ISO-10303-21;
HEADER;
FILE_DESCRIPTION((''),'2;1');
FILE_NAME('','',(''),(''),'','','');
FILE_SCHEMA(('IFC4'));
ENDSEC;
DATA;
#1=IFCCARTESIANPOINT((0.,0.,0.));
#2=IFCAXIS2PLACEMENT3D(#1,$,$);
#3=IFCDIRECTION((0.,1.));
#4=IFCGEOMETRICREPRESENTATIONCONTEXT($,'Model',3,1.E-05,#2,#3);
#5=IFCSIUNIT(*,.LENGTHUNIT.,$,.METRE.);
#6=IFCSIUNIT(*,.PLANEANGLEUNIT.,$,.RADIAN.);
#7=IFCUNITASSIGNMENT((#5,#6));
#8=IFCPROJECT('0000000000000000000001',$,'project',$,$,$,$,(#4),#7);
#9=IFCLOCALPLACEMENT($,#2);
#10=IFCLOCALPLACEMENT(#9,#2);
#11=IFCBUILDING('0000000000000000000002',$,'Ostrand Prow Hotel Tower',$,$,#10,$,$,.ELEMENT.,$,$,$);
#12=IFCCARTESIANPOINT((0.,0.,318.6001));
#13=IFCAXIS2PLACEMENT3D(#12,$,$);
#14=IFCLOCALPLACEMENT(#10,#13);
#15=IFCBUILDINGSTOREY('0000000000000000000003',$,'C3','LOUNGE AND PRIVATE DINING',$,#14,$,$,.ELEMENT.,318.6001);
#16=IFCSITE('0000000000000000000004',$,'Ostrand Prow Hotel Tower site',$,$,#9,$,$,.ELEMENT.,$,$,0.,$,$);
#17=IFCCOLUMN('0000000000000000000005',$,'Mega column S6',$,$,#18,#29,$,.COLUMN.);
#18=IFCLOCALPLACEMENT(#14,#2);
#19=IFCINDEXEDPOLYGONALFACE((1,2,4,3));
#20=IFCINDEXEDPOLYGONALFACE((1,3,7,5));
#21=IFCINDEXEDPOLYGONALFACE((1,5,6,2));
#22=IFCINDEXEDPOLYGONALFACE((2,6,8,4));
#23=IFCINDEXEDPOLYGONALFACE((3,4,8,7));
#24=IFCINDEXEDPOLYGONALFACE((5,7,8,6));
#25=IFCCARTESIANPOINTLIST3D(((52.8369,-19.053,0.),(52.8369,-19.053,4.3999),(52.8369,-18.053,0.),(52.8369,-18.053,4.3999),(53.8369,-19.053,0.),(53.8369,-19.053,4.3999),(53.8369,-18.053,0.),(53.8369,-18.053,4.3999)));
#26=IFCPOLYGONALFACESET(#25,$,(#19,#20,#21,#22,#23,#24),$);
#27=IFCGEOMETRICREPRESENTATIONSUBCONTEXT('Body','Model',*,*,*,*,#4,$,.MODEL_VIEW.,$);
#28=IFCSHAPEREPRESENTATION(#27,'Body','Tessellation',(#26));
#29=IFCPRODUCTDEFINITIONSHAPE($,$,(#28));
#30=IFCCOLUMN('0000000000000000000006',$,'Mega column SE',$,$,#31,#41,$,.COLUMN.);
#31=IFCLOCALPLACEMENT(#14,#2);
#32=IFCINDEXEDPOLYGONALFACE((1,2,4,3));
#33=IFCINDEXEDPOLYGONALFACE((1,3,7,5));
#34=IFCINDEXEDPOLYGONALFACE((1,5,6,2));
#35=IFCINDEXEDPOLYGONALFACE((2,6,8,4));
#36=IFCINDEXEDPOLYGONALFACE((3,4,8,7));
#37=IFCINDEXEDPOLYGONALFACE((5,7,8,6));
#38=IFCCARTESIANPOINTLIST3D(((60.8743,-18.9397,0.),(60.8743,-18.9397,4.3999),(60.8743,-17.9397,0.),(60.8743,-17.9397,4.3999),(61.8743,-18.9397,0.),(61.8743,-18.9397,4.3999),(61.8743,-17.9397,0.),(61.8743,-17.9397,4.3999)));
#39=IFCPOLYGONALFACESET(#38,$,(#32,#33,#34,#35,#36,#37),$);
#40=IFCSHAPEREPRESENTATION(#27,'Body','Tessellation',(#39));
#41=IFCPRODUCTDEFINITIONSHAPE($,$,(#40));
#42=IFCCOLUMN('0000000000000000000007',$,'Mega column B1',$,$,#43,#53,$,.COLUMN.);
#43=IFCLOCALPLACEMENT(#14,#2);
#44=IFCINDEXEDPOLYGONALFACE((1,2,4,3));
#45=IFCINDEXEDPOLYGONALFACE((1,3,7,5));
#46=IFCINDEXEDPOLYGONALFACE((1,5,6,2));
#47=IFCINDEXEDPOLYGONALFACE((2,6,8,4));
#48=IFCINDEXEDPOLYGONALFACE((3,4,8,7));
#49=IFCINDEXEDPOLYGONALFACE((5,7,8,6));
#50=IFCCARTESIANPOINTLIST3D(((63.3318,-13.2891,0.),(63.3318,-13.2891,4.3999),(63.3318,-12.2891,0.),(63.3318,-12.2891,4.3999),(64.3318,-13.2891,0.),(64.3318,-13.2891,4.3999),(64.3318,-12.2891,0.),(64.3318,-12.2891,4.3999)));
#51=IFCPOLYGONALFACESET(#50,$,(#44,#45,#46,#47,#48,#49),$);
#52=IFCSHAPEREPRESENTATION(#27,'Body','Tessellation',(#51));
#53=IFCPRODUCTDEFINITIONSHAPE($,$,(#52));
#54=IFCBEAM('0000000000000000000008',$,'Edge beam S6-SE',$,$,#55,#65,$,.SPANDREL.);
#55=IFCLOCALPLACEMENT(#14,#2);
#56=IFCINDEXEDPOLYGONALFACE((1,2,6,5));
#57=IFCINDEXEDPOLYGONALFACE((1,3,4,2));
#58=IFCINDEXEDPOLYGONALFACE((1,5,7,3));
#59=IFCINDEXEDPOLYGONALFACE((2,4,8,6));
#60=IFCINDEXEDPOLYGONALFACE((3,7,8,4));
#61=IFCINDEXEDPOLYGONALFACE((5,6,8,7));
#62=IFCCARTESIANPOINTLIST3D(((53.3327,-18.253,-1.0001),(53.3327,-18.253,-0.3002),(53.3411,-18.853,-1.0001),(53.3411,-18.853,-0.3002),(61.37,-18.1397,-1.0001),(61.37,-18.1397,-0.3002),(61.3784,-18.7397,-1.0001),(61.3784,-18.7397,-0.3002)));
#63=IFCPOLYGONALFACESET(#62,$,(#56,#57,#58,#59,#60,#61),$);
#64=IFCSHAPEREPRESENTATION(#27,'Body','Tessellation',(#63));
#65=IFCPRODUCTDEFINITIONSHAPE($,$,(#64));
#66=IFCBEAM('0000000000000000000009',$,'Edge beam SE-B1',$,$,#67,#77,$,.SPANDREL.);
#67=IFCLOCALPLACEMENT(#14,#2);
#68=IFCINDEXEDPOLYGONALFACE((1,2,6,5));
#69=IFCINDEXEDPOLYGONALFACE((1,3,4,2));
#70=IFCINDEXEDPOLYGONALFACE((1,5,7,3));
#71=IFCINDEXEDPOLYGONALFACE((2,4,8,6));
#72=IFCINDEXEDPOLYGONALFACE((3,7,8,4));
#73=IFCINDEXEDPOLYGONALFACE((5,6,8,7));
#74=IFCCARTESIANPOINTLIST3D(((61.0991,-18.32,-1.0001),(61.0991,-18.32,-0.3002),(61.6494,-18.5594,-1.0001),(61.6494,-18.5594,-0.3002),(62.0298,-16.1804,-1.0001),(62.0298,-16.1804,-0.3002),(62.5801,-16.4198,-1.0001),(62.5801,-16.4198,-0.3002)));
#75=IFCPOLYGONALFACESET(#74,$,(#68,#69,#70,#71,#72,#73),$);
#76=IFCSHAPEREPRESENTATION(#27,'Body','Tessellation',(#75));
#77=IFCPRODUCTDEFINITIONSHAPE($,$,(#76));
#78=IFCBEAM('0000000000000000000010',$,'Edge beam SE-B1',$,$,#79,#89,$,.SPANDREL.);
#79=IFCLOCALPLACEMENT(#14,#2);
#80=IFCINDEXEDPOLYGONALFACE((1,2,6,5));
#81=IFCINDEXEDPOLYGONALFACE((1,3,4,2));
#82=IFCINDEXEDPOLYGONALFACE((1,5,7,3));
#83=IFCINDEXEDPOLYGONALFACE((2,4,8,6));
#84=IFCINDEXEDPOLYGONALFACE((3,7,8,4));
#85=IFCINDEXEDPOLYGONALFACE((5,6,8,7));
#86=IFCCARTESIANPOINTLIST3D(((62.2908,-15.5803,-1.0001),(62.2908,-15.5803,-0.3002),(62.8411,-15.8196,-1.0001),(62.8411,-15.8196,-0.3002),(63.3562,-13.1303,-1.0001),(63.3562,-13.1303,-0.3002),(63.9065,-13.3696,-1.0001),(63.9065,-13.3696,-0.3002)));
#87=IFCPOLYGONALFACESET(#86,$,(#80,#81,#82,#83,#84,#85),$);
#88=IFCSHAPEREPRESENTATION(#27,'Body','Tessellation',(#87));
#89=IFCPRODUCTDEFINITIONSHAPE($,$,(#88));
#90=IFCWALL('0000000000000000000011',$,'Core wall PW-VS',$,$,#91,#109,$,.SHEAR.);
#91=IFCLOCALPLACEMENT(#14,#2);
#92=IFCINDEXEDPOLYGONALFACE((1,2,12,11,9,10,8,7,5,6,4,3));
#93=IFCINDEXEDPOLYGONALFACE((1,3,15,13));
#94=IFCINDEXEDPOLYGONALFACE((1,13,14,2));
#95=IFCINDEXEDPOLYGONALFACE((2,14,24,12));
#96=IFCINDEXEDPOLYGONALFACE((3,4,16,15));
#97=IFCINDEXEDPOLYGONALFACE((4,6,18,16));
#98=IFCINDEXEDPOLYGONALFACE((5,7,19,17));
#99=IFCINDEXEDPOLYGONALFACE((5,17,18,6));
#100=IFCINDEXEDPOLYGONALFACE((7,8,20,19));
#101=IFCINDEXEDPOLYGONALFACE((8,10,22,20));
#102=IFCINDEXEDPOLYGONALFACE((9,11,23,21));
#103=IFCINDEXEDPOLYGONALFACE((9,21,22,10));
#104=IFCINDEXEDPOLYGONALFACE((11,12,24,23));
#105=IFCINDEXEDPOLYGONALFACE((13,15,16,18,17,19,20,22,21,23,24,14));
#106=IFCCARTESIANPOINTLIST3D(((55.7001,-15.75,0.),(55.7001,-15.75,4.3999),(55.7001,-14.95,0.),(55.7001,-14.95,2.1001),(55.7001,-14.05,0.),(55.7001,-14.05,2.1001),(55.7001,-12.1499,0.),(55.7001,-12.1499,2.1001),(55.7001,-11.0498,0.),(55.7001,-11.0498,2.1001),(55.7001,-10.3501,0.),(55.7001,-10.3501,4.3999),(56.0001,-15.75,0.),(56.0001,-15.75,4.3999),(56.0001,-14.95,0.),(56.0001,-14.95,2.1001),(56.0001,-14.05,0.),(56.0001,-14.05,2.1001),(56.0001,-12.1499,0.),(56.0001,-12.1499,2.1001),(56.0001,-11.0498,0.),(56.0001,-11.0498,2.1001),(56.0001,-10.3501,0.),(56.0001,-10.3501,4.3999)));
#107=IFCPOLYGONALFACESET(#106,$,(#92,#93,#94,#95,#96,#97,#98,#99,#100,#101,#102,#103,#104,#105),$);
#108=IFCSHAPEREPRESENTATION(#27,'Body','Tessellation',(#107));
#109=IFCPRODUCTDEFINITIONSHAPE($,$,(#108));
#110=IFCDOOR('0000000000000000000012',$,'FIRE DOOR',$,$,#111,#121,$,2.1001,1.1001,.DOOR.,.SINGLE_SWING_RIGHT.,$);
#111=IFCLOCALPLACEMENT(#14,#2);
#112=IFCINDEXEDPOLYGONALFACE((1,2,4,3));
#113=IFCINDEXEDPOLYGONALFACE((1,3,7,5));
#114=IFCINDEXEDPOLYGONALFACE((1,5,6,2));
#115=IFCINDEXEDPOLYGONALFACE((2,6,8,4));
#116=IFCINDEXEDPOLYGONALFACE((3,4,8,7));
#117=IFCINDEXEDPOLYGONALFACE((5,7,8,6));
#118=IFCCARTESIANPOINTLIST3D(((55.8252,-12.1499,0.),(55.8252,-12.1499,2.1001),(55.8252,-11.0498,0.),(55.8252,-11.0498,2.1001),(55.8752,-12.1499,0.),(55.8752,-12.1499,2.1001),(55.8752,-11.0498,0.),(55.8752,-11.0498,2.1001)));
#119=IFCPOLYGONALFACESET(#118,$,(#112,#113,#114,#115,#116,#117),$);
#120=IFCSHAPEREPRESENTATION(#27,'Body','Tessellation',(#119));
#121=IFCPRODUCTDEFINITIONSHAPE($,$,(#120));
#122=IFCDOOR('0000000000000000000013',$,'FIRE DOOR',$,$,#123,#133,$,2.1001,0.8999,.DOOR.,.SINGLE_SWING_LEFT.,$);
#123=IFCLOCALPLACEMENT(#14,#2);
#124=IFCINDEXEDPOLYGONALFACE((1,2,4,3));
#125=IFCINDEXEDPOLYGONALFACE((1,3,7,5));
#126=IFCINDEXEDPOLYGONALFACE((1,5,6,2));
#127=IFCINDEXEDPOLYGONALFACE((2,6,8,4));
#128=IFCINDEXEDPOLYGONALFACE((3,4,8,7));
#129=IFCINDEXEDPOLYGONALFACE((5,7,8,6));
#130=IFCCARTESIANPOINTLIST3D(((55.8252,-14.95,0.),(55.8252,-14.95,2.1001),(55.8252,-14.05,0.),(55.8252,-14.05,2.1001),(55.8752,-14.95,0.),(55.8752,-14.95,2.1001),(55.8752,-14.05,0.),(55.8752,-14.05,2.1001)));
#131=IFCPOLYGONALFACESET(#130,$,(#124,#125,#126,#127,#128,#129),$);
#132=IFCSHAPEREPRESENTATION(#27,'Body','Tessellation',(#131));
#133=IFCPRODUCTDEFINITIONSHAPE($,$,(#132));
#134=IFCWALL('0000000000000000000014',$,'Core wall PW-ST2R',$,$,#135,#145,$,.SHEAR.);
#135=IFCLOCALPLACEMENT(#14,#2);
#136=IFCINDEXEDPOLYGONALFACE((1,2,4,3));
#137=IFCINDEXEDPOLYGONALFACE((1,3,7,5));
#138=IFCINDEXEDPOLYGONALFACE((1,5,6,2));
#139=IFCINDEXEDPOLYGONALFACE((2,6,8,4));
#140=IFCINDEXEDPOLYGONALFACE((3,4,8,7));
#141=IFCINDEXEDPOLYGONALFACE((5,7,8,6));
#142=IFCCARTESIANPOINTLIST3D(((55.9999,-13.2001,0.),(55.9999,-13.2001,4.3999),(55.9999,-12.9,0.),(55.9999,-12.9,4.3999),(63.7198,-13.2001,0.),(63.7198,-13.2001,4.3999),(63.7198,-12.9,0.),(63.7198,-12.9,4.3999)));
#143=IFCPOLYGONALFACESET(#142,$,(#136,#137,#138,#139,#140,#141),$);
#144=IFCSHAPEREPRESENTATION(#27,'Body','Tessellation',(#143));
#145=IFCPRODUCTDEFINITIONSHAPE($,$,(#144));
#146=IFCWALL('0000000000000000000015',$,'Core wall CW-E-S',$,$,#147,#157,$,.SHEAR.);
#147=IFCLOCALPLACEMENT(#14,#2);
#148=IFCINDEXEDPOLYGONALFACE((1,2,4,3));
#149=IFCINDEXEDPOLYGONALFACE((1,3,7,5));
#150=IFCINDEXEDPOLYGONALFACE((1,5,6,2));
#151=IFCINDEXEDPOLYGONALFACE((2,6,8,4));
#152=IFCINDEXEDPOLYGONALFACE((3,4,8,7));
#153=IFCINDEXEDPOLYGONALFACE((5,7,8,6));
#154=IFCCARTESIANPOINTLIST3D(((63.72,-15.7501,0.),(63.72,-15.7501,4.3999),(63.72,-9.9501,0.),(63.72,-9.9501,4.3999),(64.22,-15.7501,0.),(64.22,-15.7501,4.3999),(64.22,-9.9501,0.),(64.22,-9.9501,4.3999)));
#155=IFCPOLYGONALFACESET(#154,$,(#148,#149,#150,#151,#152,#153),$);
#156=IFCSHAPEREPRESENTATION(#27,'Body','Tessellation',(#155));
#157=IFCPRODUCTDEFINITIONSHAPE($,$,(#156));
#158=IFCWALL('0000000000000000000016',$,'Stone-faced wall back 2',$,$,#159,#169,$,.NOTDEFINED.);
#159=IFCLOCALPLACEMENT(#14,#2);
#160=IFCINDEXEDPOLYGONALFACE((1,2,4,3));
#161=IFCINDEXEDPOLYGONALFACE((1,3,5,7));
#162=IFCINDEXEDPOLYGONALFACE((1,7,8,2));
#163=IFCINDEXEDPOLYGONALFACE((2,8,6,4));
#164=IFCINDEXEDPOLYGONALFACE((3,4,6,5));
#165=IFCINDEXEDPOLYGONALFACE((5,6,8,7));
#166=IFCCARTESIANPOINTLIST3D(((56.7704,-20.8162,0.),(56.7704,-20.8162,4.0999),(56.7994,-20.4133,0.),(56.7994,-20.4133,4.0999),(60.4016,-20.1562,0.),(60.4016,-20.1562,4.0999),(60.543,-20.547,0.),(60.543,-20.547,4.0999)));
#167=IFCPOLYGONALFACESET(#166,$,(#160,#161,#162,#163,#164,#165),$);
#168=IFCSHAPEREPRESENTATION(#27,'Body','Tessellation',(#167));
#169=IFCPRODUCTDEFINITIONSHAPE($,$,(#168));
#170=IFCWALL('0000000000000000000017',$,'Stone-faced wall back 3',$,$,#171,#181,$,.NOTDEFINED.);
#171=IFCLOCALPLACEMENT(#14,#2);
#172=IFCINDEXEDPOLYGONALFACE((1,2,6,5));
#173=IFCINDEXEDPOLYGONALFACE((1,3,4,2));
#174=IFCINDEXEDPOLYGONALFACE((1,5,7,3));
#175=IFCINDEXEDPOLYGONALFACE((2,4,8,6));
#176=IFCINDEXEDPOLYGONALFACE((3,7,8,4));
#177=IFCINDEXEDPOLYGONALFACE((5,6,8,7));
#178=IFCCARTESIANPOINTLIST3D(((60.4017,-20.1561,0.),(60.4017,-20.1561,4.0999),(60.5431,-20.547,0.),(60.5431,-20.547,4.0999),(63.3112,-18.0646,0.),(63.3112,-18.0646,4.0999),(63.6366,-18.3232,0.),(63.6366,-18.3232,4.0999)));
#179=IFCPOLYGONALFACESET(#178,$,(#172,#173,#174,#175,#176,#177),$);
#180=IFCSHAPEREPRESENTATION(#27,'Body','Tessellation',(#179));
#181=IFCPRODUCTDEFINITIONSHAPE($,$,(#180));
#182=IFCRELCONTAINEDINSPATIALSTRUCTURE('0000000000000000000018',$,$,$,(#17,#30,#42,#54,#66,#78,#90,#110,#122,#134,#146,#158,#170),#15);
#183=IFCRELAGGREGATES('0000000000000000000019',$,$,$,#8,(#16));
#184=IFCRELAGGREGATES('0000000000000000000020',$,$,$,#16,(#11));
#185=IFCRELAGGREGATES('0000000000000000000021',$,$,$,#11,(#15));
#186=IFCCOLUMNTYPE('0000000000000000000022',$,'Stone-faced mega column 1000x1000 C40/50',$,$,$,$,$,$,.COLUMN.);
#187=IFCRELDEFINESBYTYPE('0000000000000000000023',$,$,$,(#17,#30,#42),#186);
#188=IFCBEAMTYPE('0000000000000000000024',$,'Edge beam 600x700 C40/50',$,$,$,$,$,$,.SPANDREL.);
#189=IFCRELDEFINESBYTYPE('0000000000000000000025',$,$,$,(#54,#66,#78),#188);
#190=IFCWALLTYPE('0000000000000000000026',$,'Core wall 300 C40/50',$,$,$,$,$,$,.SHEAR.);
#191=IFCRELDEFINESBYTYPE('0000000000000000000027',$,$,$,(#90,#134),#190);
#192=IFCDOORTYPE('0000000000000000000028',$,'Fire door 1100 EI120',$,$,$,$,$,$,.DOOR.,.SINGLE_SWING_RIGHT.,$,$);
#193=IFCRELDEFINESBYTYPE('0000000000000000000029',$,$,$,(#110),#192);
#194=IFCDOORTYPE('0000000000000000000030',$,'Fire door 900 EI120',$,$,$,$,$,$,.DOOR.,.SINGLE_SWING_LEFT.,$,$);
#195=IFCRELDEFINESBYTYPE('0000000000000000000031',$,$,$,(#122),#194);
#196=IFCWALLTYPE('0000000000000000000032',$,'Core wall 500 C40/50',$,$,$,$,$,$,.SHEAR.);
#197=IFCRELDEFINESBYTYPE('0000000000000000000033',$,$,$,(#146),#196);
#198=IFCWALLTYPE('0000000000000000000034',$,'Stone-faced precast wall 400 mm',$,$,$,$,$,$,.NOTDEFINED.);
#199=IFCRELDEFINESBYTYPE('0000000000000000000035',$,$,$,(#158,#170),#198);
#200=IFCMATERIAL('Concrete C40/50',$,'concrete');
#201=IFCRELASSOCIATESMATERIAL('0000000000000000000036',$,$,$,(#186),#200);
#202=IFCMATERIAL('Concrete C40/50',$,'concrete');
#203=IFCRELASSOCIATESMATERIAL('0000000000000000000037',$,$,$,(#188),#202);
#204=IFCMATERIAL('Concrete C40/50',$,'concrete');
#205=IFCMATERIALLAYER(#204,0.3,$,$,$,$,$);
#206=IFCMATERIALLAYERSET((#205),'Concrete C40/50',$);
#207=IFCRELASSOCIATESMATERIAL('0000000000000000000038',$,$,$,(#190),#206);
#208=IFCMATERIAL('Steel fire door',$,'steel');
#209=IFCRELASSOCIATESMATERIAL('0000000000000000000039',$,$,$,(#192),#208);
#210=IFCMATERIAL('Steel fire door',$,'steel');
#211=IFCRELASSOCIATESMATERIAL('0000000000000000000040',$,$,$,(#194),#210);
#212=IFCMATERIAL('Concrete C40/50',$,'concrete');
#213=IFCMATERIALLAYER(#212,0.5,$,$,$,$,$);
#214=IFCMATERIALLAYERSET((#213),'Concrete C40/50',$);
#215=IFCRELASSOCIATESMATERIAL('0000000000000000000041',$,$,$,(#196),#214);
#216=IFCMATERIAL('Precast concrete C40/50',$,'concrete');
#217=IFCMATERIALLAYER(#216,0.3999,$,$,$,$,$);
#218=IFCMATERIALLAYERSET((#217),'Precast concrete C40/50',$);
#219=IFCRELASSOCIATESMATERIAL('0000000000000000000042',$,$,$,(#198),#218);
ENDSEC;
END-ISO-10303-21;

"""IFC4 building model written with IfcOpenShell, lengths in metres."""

from ifc_helpers import new_model, si_unit, direction, frame, frame_2d, origin, origin_2d, place, context, subcontext, project, spatial, polyline, rectangle, outline, extrude, material, layer, layer_set, material_profile, profile_set, type_object, element, fill, save


model = new_model("IFC4")

# Units and contexts
model_context = context("Model", 3, precision=1e-05, world=origin(), true_north=direction((0.0, 1.0)))
body_context = subcontext(model_context, "Body", "Model", "MODEL_VIEW")
ifc_project = project(units=[si_unit("LENGTHUNIT", "METRE"), si_unit("PLANEANGLEUNIT", "RADIAN")], contexts=[model_context])

# Site, building, storey
site_placement = place(None, origin())
site = spatial("IfcSite", under=ifc_project, at=site_placement, Name="Ostrand Prow Hotel Tower site", CompositionType="ELEMENT", RefElevation=0.0)
building_placement = place(site_placement, origin())
building = spatial("IfcBuilding", under=site, at=building_placement, Name="Ostrand Prow Hotel Tower", CompositionType="ELEMENT")
storey_placement = place(building_placement, frame((0.0, 0.0, 318.6001)))
storey = spatial("IfcBuildingStorey", under=building, at=storey_placement, Name="C3", Description="LOUNGE AND PRIVATE DINING", CompositionType="ELEMENT", Elevation=318.6001)

# Columns
ifc_material_1 = material(Name="Concrete C40/50", Category="concrete")
ifc_material_profile_1 = material_profile(ifc_material_1, rectangle(XDim=1.0, YDim=1.0, at=origin_2d()), Name="RC 1000x1000")
ifc_profile_set_1 = profile_set([ifc_material_profile_1], Name="Concrete C40/50")
column_type = type_object("IfcColumnType", Name="Stone-faced mega column 1000x1000 C40/50", PredefinedType="COLUMN", material=ifc_profile_set_1)
for number, where, z_axis, x_axis, name in (
    (1, (53.3369, -18.553, 0.0), (0.0, 0.0, 1.0), (1.0, 0.0, 0.0), "Mega column S6"),
    (2, (61.3743, -18.4397, 0.0), (0.0, 0.0, 1.0), (1.0, 0.0, 0.0), "Mega column SE"),
    (3, (63.8318, -12.7891, 0.0), (0.0, 0.0, 1.0), (1.0, 0.0, 0.0), "Mega column B1"),
):
    element("IfcColumn", number, at=place(storey_placement, frame(where, z_axis=z_axis, x_axis=x_axis)), inside=storey, type_object=column_type, Name=name, PredefinedType="COLUMN", context=body_context, shape_type="SweptSolid", body=[
        extrude(rectangle(XDim=1.0, YDim=1.0, at=origin_2d()), origin(), (0.0, 0.0, 1.0), 4.3999),
    ])

# Beams
ifc_material_2 = material(Name="Concrete C40/50", Category="concrete")
ifc_material_profile_2 = material_profile(ifc_material_2, rectangle(XDim=0.6001, YDim=0.7, at=origin_2d()), Name="RC 600x700")
ifc_profile_set_2 = profile_set([ifc_material_profile_2], Name="Concrete C40/50")
beam_type = type_object("IfcBeamType", Name="Edge beam 600x700 C40/50", PredefinedType="SPANDREL", material=ifc_profile_set_2)
beam_1_placement = place(storey_placement, frame((53.3369, -18.553, -0.6501), z_axis=(0.999901, 0.014093, 0.0), x_axis=(-0.014093, 0.999901, 0.0)))
element("IfcBeam", 4, at=beam_1_placement, inside=storey, type_object=beam_type, Name="Edge beam S6-SE", PredefinedType="SPANDREL", context=body_context, shape_type="SweptSolid", body=[
    extrude(rectangle(XDim=0.6001, YDim=0.7, at=origin_2d()), origin(), (0.0, 0.0, 1.0), 8.0381),
])
beam_2_placement = place(storey_placement, frame((61.3743, -18.4397, -0.6501), z_axis=(0.398864, 0.91701, 0.0), x_axis=(-0.91701, 0.398864, 0.0)))
element("IfcBeam", 5, at=beam_2_placement, inside=storey, type_object=beam_type, Name="Edge beam SE-B1", PredefinedType="SPANDREL", context=body_context, shape_type="SweptSolid", body=[
    extrude(rectangle(XDim=0.6001, YDim=0.7, at=origin_2d()), origin(), (0.0, 0.0, 1.0), 2.3333),
])
beam_3_placement = place(storey_placement, frame((62.5659, -15.7, -0.6501), z_axis=(0.3988, 0.917038, 0.0), x_axis=(-0.917038, 0.3988, 0.0)))
element("IfcBeam", 6, at=beam_3_placement, inside=storey, type_object=beam_type, Name="Edge beam SE-B1", PredefinedType="SPANDREL", context=body_context, shape_type="SweptSolid", body=[
    extrude(rectangle(XDim=0.6001, YDim=0.7, at=origin_2d()), origin(), (0.0, 0.0, 1.0), 2.6716),
])

# Wall, openings, doors
ifc_material_3 = material(Name="Concrete C40/50", Category="concrete")
ifc_layer_1 = layer(ifc_material_3, 0.3)
ifc_layer_set_1 = layer_set([ifc_layer_1], Name="Concrete C40/50")
wall_type_1 = type_object("IfcWallType", Name="Core wall 300 C40/50", PredefinedType="SHEAR", material=ifc_layer_set_1)
wall_1_placement = place(storey_placement, frame((55.8501, -15.75, 0.0), z_axis=(0.0, 0.0, 1.0), x_axis=(0.0, 1.0, 0.0)))
wall_1 = element("IfcWall", 7, at=wall_1_placement, inside=storey, type_object=wall_type_1, Name="Core wall PW-VS", PredefinedType="SHEAR", context=body_context, shape_type="SweptSolid", body=[
    extrude(rectangle(XDim=5.3999, YDim=0.3, at=frame_2d((2.7, 0.0))), origin(), (0.0, 0.0, 1.0), 4.3999),
])
opening_1_placement = place(wall_1_placement, frame((3.6001, 0.0, 0.0)))
opening_1 = element("IfcOpeningElement", 8, at=opening_1_placement, cuts=wall_1, PredefinedType="OPENING", context=body_context, shape_type="SweptSolid", body=[
    extrude(rectangle(XDim=1.1001, YDim=2.1001, at=frame_2d((0.55, 1.05))), frame((0.0, 0.1599, 0.0), z_axis=(0.0, -1.0, 0.0), x_axis=(1.0, 0.0, 0.0)), (0.0, 0.0, 1.0), 0.3201),
])
opening_2_placement = place(wall_1_placement, frame((0.8, 0.0, 0.0)))
opening_2 = element("IfcOpeningElement", 9, at=opening_2_placement, cuts=wall_1, PredefinedType="OPENING", context=body_context, shape_type="SweptSolid", body=[
    extrude(rectangle(XDim=0.8999, YDim=2.1001, at=frame_2d((0.45, 1.05))), frame((0.0, 0.1599, 0.0), z_axis=(0.0, -1.0, 0.0), x_axis=(1.0, 0.0, 0.0)), (0.0, 0.0, 1.0), 0.3201),
])
ifc_material_4 = material(Name="Steel fire door", Category="steel")
door_type_1 = type_object("IfcDoorType", Name="Fire door 1100 EI120", OperationType="SINGLE_SWING_RIGHT", PredefinedType="DOOR", material=ifc_material_4)
door_1_placement = place(opening_1_placement, origin())
door_1 = element("IfcDoor", 10, at=door_1_placement, inside=storey, type_object=door_type_1, Name="FIRE DOOR", OperationType="SINGLE_SWING_RIGHT", OverallHeight=2.1001, OverallWidth=1.1001, PredefinedType="DOOR", context=body_context, shape_type="SweptSolid", body=[
    extrude(rectangle(XDim=1.1001, YDim=2.1001, at=frame_2d((0.55, 1.05))), frame((0.0, 0.0249, 0.0), z_axis=(0.0, -1.0, 0.0), x_axis=(1.0, 0.0, 0.0)), (0.0, 0.0, 1.0), 0.05),
])
fill(opening_1, door_1)
ifc_material_5 = material(Name="Steel fire door", Category="steel")
door_type_2 = type_object("IfcDoorType", Name="Fire door 900 EI120", OperationType="SINGLE_SWING_LEFT", PredefinedType="DOOR", material=ifc_material_5)
door_2_placement = place(opening_2_placement, origin())
door_2 = element("IfcDoor", 11, at=door_2_placement, inside=storey, type_object=door_type_2, Name="FIRE DOOR", OperationType="SINGLE_SWING_LEFT", OverallHeight=2.1001, OverallWidth=0.8999, PredefinedType="DOOR", context=body_context, shape_type="SweptSolid", body=[
    extrude(rectangle(XDim=0.8999, YDim=2.1001, at=frame_2d((0.45, 1.05))), frame((0.0, 0.0249, 0.0), z_axis=(0.0, -1.0, 0.0), x_axis=(1.0, 0.0, 0.0)), (0.0, 0.0, 1.0), 0.05),
])
fill(opening_2, door_2)

# Walls
wall_2_placement = place(storey_placement, frame((56.0, -13.05, 0.0), z_axis=(0.0, 0.0, 1.0), x_axis=(1.0, 0.0, 0.0)))
element("IfcWall", 12, at=wall_2_placement, inside=storey, type_object=wall_type_1, Name="Core wall PW-ST2R", PredefinedType="SHEAR", context=body_context, shape_type="SweptSolid", body=[
    extrude(rectangle(XDim=7.72, YDim=0.3, at=frame_2d((3.8599, 0.0))), origin(), (0.0, 0.0, 1.0), 4.3999),
])
ifc_material_6 = material(Name="Concrete C40/50", Category="concrete")
ifc_layer_2 = layer(ifc_material_6, 0.5)
ifc_layer_set_2 = layer_set([ifc_layer_2], Name="Concrete C40/50")
wall_type_2 = type_object("IfcWallType", Name="Core wall 500 C40/50", PredefinedType="SHEAR", material=ifc_layer_set_2)
wall_3_placement = place(storey_placement, frame((63.97, -15.75, 0.0), z_axis=(0.0, 0.0, 1.0), x_axis=(0.0, 1.0, 0.0)))
element("IfcWall", 13, at=wall_3_placement, inside=storey, type_object=wall_type_2, Name="Core wall CW-E-S", PredefinedType="SHEAR", context=body_context, shape_type="SweptSolid", body=[
    extrude(rectangle(XDim=5.8, YDim=0.5, at=frame_2d((2.8999, 0.0))), origin(), (0.0, 0.0, 1.0), 4.3999),
])
ifc_material_7 = material(Name="Precast concrete C40/50", Category="concrete")
ifc_layer_3 = layer(ifc_material_7, 0.3999)
ifc_layer_set_3 = layer_set([ifc_layer_3], Name="Precast concrete C40/50")
wall_type_3 = type_object("IfcWallType", Name="Stone-faced precast wall 400 mm", PredefinedType="NOTDEFINED", material=ifc_layer_set_3)
wall_4_placement = place(storey_placement, frame((56.7849, -20.6147, 0.0), z_axis=(0.0, 0.0, 1.0), x_axis=(0.997463, 0.071191, 0.0)))
element("IfcWall", 14, at=wall_4_placement, inside=storey, type_object=wall_type_3, Name="Stone-faced wall back 2", PredefinedType="NOTDEFINED", context=body_context, shape_type="SweptSolid", body=[
    extrude(outline(polyline([(-0.0288, -0.2), (3.7534, -0.2), (3.6401, 0.2), (0.0288, 0.2), (-0.0288, -0.2)])), origin(), (0.0, 0.0, 1.0), 4.0999),
])
wall_5_placement = place(storey_placement, frame((60.4724, -20.3516, 0.0), z_axis=(0.0, 0.0, 1.0), x_axis=(0.811963, 0.58371, 0.0)))
element("IfcWall", 15, at=wall_5_placement, inside=storey, type_object=wall_type_3, Name="Stone-faced wall back 3", PredefinedType="NOTDEFINED", context=body_context, shape_type="SweptSolid", body=[
    extrude(outline(polyline([(-0.0566, -0.2), (3.7532, -0.2), (3.6399, 0.2), (0.0566, 0.2), (-0.0566, -0.2)])), origin(), (0.0, 0.0, 1.0), 4.0999),
])

save(model, "model.ifc")
